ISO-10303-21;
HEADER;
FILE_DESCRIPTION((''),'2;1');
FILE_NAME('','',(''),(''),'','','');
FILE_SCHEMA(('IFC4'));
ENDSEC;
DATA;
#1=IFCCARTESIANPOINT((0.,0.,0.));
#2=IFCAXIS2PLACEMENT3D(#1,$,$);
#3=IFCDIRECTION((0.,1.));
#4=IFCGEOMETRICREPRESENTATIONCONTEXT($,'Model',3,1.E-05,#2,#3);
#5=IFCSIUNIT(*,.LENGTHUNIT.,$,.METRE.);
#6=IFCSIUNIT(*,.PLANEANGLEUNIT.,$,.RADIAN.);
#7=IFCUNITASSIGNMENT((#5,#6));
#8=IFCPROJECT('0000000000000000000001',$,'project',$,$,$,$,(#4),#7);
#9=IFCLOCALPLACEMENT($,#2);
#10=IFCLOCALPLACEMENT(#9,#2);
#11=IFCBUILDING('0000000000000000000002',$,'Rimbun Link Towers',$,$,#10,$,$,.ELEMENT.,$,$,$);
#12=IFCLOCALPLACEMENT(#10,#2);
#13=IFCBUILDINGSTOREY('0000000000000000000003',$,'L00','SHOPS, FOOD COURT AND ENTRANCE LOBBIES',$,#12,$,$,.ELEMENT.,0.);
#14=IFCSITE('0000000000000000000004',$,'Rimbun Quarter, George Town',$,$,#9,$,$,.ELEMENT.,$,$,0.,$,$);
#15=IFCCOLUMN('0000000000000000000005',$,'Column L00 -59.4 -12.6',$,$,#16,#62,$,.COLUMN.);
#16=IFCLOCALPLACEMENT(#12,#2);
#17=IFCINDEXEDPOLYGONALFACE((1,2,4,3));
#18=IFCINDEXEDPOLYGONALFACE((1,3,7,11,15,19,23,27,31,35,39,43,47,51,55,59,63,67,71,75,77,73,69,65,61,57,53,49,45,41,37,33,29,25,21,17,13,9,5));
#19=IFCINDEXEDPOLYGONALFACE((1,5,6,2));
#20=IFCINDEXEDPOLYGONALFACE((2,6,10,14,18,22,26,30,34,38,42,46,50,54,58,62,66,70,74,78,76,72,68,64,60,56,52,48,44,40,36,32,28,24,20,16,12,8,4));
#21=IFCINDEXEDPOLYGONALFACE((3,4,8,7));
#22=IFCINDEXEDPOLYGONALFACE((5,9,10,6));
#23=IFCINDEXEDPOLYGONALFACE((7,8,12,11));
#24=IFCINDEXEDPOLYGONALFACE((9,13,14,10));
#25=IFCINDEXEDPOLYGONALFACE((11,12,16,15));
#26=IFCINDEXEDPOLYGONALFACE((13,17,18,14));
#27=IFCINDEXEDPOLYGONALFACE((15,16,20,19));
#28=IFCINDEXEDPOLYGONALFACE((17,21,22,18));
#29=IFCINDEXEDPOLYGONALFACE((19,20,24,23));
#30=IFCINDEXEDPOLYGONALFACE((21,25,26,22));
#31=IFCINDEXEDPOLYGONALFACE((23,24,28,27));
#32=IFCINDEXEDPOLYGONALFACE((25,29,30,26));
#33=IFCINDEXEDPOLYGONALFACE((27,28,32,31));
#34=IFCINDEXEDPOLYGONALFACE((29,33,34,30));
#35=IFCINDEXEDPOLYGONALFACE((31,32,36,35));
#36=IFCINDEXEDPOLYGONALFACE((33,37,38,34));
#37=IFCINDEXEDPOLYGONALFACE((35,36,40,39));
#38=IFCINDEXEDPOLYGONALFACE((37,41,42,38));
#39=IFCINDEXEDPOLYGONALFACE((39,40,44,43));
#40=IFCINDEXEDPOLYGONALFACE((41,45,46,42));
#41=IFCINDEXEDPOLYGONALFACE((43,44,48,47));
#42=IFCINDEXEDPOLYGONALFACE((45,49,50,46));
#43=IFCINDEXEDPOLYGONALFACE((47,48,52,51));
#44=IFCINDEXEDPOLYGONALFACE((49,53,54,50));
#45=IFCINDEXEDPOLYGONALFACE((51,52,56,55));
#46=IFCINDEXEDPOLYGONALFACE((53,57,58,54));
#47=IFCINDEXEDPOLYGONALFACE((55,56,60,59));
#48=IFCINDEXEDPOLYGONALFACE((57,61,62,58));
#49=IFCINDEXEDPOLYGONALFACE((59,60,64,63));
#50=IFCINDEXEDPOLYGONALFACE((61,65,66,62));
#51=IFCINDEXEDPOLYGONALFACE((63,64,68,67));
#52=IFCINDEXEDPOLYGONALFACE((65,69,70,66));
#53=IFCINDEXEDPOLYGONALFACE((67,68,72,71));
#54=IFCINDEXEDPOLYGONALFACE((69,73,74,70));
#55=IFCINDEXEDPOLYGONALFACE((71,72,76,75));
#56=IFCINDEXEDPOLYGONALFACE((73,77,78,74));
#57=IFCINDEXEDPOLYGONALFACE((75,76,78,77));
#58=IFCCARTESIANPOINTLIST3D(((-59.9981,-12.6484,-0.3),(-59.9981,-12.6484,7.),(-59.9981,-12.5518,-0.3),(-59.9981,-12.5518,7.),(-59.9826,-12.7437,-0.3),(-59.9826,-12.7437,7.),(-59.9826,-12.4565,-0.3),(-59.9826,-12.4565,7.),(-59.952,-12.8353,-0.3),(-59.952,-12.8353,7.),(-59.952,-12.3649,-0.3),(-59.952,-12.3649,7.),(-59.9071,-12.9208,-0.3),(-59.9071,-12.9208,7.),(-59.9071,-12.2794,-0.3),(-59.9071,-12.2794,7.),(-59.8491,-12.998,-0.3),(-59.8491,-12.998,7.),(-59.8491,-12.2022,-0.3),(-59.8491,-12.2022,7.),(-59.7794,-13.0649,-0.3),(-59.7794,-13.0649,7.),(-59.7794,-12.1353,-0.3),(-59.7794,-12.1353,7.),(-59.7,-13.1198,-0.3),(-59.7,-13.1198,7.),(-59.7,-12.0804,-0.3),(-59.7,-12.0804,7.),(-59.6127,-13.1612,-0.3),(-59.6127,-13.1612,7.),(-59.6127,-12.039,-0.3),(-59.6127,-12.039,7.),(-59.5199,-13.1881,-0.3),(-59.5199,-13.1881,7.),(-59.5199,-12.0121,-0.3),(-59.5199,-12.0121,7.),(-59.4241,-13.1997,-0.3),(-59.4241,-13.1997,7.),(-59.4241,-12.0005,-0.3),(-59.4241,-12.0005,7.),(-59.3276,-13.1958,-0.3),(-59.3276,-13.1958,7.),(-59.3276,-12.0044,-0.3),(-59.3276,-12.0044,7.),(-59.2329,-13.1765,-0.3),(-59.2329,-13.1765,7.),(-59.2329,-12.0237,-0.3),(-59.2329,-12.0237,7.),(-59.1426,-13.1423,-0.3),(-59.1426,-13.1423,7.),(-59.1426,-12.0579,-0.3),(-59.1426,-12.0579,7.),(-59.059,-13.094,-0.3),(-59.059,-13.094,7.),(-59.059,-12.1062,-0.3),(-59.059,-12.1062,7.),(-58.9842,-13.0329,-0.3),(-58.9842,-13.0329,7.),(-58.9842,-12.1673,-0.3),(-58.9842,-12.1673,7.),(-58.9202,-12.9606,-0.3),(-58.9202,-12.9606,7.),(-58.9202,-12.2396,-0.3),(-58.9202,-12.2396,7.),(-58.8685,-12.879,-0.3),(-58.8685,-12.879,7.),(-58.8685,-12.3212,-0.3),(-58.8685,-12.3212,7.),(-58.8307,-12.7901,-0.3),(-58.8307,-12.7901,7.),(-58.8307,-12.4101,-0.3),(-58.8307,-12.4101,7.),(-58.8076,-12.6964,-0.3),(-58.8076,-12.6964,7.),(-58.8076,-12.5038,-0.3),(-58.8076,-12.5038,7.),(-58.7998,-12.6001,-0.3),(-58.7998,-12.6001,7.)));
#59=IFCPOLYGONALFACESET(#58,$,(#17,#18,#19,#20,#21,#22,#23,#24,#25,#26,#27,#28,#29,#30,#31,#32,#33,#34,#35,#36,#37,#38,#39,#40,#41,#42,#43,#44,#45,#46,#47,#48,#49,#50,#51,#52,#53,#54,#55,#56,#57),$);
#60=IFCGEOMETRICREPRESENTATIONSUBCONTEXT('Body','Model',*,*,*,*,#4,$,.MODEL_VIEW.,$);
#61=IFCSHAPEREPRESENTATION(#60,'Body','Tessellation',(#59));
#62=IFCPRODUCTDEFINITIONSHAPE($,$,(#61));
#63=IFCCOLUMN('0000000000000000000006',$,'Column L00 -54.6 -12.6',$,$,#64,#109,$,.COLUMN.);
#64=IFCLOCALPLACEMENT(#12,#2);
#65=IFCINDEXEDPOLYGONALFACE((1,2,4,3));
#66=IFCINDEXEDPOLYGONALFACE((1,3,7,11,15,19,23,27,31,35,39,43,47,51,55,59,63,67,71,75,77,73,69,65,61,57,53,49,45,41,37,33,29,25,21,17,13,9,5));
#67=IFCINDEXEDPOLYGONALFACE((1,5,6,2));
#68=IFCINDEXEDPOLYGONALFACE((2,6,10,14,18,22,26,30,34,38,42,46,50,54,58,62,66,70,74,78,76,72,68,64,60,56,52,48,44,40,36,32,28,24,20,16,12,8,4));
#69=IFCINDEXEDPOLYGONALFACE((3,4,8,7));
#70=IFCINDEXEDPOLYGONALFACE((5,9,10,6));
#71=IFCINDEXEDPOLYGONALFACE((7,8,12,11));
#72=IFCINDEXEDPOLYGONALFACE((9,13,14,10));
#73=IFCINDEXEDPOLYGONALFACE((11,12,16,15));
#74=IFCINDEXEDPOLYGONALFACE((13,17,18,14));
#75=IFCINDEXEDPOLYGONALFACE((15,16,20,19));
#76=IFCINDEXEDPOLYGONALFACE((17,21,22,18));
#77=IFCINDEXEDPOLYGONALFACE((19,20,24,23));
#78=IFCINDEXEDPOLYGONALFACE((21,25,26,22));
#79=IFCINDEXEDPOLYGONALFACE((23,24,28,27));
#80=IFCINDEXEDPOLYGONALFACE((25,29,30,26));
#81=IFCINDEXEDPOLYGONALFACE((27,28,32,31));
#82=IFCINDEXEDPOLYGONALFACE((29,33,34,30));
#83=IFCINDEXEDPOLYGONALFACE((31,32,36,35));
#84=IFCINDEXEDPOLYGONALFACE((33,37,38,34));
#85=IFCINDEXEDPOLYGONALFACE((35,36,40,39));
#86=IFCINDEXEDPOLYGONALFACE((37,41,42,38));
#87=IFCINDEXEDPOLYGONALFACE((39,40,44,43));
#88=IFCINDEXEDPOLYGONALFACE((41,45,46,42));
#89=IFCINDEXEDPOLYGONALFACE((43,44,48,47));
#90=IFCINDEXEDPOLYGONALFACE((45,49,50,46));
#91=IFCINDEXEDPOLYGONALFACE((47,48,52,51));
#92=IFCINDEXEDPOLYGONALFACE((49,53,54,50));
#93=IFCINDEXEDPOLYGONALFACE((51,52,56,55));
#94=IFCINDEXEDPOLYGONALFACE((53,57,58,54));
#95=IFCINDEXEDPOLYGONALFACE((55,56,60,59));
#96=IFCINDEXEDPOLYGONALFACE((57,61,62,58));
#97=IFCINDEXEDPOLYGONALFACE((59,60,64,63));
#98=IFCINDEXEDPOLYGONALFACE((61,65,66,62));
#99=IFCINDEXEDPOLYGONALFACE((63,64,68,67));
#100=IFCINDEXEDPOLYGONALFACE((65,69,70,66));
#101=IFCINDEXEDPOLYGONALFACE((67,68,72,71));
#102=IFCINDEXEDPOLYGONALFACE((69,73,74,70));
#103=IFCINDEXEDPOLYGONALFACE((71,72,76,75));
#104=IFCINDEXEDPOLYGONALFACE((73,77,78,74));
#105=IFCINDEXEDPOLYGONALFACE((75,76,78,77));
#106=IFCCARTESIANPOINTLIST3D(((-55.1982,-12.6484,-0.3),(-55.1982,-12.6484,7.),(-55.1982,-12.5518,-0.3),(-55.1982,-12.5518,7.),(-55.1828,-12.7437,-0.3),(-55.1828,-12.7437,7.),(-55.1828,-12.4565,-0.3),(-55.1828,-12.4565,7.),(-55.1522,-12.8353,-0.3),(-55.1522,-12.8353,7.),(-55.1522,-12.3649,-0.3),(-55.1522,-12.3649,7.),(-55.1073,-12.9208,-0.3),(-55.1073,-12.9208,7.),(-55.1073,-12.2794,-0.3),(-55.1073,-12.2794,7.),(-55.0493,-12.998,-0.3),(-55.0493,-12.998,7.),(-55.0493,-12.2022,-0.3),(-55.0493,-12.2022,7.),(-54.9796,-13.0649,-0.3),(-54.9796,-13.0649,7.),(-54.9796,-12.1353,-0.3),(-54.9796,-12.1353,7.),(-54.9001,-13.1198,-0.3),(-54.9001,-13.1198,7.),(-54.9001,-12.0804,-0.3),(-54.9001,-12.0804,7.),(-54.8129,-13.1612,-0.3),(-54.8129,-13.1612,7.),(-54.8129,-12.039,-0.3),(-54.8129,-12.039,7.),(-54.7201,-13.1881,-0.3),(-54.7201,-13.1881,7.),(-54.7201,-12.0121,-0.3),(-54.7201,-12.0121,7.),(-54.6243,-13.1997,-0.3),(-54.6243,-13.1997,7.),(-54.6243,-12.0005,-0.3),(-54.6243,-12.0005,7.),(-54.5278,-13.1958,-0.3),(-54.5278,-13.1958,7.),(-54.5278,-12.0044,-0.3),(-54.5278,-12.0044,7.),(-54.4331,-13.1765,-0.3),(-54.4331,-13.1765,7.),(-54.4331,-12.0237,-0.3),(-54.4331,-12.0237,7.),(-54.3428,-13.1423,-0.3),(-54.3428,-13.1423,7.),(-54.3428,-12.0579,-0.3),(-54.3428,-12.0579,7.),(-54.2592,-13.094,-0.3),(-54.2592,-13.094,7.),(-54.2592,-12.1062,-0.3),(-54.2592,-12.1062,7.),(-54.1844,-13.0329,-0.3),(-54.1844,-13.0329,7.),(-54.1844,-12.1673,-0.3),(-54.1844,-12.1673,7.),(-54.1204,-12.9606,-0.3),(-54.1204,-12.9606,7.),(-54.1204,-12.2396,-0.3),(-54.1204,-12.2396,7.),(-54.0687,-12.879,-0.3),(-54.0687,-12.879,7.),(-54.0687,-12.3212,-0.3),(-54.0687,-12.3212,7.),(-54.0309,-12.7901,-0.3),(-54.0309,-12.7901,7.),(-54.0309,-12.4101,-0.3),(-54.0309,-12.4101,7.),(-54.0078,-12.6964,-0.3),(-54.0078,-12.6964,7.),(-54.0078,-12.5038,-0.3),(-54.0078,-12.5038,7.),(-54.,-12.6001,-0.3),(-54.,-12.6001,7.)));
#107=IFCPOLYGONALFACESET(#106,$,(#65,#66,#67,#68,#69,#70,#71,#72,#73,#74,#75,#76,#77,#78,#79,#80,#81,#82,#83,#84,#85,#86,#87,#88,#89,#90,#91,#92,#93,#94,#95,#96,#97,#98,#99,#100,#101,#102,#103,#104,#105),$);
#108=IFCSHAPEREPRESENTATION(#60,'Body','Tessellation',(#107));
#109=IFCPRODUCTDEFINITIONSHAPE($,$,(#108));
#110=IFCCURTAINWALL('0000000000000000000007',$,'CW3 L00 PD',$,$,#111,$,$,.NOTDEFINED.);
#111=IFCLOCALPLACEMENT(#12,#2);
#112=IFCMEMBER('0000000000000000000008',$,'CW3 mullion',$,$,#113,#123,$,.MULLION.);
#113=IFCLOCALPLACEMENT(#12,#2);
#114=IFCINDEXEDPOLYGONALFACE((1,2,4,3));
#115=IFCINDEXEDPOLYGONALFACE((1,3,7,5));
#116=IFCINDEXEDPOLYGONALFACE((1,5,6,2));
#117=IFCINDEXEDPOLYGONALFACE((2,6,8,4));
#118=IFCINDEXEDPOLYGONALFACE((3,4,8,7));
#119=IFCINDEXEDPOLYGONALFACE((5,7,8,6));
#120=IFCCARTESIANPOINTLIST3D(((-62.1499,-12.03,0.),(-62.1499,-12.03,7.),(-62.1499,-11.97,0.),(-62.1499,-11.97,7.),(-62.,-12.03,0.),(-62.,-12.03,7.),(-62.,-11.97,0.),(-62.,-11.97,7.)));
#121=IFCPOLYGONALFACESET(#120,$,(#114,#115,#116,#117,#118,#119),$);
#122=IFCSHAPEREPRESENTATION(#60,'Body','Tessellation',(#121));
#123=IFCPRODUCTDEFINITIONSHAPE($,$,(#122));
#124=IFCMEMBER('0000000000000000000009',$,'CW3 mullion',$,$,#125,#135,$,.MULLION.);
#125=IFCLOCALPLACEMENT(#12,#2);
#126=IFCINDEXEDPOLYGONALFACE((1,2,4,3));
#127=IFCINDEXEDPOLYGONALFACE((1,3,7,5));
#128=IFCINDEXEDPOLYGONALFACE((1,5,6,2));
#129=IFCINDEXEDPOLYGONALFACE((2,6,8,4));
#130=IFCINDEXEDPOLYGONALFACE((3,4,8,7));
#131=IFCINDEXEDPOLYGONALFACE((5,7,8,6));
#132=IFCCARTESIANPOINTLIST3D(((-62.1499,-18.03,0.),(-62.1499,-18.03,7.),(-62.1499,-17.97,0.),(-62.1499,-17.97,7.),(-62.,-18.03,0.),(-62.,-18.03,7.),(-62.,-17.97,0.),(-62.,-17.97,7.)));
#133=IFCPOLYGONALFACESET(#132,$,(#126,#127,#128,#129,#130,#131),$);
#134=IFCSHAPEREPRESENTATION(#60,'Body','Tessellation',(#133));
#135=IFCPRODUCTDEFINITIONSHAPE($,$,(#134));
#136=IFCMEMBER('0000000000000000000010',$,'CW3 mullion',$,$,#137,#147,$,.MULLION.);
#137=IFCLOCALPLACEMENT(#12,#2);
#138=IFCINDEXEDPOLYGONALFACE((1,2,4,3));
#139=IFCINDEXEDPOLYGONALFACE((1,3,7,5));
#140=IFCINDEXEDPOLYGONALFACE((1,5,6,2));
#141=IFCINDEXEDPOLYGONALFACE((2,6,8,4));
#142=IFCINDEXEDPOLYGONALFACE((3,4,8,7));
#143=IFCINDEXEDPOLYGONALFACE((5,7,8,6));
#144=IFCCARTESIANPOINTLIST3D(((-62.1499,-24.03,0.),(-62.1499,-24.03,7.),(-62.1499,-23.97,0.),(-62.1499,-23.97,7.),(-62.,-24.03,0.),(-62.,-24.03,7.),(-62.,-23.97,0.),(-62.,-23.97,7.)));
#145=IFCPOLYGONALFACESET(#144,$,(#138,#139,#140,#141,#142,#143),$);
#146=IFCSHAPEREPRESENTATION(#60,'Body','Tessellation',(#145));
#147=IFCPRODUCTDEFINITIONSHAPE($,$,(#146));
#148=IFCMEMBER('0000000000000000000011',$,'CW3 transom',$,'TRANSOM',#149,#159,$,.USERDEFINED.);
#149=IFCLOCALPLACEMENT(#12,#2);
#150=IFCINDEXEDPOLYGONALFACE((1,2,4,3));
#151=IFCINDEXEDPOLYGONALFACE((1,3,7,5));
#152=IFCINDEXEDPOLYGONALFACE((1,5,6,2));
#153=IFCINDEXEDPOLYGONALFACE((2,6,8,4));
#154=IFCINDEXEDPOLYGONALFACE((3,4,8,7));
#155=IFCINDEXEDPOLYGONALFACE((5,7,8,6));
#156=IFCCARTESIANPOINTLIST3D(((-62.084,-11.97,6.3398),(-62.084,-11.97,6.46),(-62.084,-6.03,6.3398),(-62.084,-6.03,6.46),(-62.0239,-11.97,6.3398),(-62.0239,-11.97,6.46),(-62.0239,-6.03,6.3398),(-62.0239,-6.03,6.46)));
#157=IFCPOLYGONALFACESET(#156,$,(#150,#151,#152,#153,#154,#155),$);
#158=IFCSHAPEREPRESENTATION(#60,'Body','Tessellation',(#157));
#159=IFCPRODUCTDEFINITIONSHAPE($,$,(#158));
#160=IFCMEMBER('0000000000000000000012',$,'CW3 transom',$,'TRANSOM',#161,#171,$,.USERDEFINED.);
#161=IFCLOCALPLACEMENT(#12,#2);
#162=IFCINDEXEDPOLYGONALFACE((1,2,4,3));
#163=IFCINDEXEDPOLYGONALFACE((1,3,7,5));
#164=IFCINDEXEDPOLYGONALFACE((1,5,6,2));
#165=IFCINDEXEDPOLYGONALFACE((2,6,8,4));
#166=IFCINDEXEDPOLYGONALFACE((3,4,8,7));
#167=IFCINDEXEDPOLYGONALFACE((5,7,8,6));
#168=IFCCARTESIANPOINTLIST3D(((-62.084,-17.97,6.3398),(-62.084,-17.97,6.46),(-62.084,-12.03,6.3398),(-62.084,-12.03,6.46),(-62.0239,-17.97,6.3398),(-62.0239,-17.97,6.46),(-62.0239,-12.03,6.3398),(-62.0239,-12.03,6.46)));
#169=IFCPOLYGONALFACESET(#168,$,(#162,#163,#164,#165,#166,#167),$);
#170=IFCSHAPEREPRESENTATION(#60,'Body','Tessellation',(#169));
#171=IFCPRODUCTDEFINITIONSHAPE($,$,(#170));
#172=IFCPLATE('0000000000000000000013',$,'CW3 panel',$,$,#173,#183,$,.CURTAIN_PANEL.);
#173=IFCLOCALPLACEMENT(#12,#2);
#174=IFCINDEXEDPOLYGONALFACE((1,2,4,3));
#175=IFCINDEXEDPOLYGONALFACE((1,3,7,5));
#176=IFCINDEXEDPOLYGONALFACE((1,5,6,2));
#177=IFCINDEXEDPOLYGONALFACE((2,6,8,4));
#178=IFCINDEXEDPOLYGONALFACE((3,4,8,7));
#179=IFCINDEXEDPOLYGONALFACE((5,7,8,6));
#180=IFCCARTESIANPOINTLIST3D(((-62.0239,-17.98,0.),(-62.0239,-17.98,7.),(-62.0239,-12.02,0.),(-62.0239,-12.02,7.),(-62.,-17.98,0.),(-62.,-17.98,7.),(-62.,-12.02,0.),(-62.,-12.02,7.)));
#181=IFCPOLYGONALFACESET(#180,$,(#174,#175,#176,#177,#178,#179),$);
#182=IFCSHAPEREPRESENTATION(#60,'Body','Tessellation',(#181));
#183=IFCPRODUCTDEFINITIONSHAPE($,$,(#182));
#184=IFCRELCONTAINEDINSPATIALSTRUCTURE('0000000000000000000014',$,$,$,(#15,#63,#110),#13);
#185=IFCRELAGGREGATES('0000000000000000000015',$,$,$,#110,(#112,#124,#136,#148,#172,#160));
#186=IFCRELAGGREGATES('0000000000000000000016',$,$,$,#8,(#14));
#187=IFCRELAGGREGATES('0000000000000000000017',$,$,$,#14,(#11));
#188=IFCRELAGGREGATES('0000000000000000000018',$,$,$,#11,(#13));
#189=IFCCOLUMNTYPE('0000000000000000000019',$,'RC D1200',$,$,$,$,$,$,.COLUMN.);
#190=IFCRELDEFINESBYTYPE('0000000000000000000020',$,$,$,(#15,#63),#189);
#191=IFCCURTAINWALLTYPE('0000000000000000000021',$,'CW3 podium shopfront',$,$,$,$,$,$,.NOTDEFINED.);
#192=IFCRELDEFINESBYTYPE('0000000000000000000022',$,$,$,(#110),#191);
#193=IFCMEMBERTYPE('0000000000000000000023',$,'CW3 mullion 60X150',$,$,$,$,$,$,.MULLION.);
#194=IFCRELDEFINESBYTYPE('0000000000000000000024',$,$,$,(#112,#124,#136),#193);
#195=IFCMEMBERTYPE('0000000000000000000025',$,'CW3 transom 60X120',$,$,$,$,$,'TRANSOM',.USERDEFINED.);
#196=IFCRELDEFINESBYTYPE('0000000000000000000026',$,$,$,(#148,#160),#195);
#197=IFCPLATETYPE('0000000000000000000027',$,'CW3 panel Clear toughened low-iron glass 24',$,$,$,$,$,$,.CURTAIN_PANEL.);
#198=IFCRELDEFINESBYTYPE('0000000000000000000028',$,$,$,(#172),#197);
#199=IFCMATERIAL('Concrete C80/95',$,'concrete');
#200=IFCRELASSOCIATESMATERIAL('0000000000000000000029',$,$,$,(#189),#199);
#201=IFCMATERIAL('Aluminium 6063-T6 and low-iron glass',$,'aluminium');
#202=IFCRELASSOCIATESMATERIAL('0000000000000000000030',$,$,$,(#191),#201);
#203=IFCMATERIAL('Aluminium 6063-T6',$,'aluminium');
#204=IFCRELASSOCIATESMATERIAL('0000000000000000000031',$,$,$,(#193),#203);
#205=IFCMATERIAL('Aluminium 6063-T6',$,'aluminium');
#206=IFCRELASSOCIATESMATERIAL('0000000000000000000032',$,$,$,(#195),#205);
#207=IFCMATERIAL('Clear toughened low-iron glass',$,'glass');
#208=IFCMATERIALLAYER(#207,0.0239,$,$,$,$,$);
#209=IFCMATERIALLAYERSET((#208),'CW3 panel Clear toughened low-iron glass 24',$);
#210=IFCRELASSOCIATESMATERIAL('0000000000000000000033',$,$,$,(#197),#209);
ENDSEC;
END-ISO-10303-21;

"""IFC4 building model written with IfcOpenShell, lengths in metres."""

from ifc_helpers import new_model, si_unit, direction, frame, origin, origin_2d, place, context, subcontext, project, spatial, rectangle, circle, extrude, material, layer, layer_set, material_profile, profile_set, type_object, element, aggregate, save


model = new_model("IFC4")

# Units and contexts
model_context = context("Model", 3, precision=1e-05, world=origin(), true_north=direction((0.0, 1.0)))
body_context = subcontext(model_context, "Body", "Model", "MODEL_VIEW")
ifc_project = project(units=[si_unit("LENGTHUNIT", "METRE"), si_unit("PLANEANGLEUNIT", "RADIAN")], contexts=[model_context])

# Site, building, storey
site_placement = place(None, origin())
site = spatial("IfcSite", under=ifc_project, at=site_placement, Name="Rimbun Quarter, George Town", CompositionType="ELEMENT", RefElevation=0.0)
building_placement = place(site_placement, origin())
building = spatial("IfcBuilding", under=site, at=building_placement, Name="Rimbun Link Towers", CompositionType="ELEMENT")
storey_placement = place(building_placement, origin())
storey = spatial("IfcBuildingStorey", under=building, at=storey_placement, Name="L00", Description="SHOPS, FOOD COURT AND ENTRANCE LOBBIES", CompositionType="ELEMENT", Elevation=0.0)

# Columns
ifc_material_1 = material(Name="Concrete C80/95", Category="concrete")
ifc_material_profile_1 = material_profile(ifc_material_1, circle(Radius=0.6001, at=origin_2d()), Name="RC D1200")
ifc_profile_set_1 = profile_set([ifc_material_profile_1], Name="Concrete C80/95")
column_type = type_object("IfcColumnType", Name="RC D1200", PredefinedType="COLUMN", material=ifc_profile_set_1)
for number, where, z_axis, x_axis, name in (
    (1, (-59.3999, -12.6001, -0.3), (0.0, 0.0, 1.0), (1.0, 0.0, 0.0), "Column L00 -59.4 -12.6"),
    (2, (-54.6001, -12.6001, -0.3), (0.0, 0.0, 1.0), (1.0, 0.0, 0.0), "Column L00 -54.6 -12.6"),
):
    element("IfcColumn", number, at=place(storey_placement, frame(where, z_axis=z_axis, x_axis=x_axis)), inside=storey, type_object=column_type, Name=name, PredefinedType="COLUMN", context=body_context, shape_type="SweptSolid", body=[
        extrude(circle(Radius=0.6001, at=origin_2d()), origin(), (0.0, 0.0, 1.0), 7.3),
    ])

# Curtain wall, members, plate
ifc_material_2 = material(Name="Aluminium 6063-T6 and low-iron glass", Category="aluminium")
curtain_wall_type = type_object("IfcCurtainWallType", Name="CW3 podium shopfront", PredefinedType="NOTDEFINED", material=ifc_material_2)
curtain_wall_placement = place(storey_placement, origin())
curtain_wall = element("IfcCurtainWall", 3, at=curtain_wall_placement, inside=storey, type_object=curtain_wall_type, Name="CW3 L00 PD", PredefinedType="NOTDEFINED")
ifc_material_3 = material(Name="Aluminium 6063-T6", Category="aluminium")
ifc_material_profile_2 = material_profile(ifc_material_3, rectangle(XDim=0.1499, YDim=0.0601, at=origin_2d()), Name="MULLION 60X150")
ifc_profile_set_2 = profile_set([ifc_material_profile_2], Name="Aluminium 6063-T6")
member_type_1 = type_object("IfcMemberType", Name="CW3 mullion 60X150", PredefinedType="MULLION", material=ifc_profile_set_2)
member_1_placement = place(storey_placement, frame((-62.075, -12.0, 0.0), z_axis=(0.0, 0.0, 1.0), x_axis=(-1.0, 0.0, 0.0)))
member_1 = element("IfcMember", 4, at=member_1_placement, type_object=member_type_1, Name="CW3 mullion", PredefinedType="MULLION", context=body_context, shape_type="SweptSolid", body=[
    extrude(rectangle(XDim=0.1499, YDim=0.0601, at=origin_2d()), origin(), (0.0, 0.0, 1.0), 7.0),
])
member_2_placement = place(storey_placement, frame((-62.075, -18.0, 0.0), z_axis=(0.0, 0.0, 1.0), x_axis=(-1.0, 0.0, 0.0)))
member_2 = element("IfcMember", 5, at=member_2_placement, type_object=member_type_1, Name="CW3 mullion", PredefinedType="MULLION", context=body_context, shape_type="SweptSolid", body=[
    extrude(rectangle(XDim=0.1499, YDim=0.0601, at=origin_2d()), origin(), (0.0, 0.0, 1.0), 7.0),
])
member_3_placement = place(storey_placement, frame((-62.075, -24.0, 0.0), z_axis=(0.0, 0.0, 1.0), x_axis=(-1.0, 0.0, 0.0)))
member_3 = element("IfcMember", 6, at=member_3_placement, type_object=member_type_1, Name="CW3 mullion", PredefinedType="MULLION", context=body_context, shape_type="SweptSolid", body=[
    extrude(rectangle(XDim=0.1499, YDim=0.0601, at=origin_2d()), origin(), (0.0, 0.0, 1.0), 7.0),
])
ifc_material_4 = material(Name="Aluminium 6063-T6", Category="aluminium")
ifc_material_profile_3 = material_profile(ifc_material_4, rectangle(XDim=0.0601, YDim=0.1201, at=origin_2d()), Name="TRANSOM 60X120")
ifc_profile_set_3 = profile_set([ifc_material_profile_3], Name="Aluminium 6063-T6")
member_type_2 = type_object("IfcMemberType", Name="CW3 transom 60X120", ElementType="TRANSOM", PredefinedType="USERDEFINED", material=ifc_profile_set_3)
member_4_placement = place(storey_placement, frame((-62.054, -11.97, 6.3999), z_axis=(0.0, 1.0, 0.0), x_axis=(-1.0, 0.0, 0.0)))
member_4 = element("IfcMember", 7, at=member_4_placement, type_object=member_type_2, Name="CW3 transom", ObjectType="TRANSOM", PredefinedType="USERDEFINED", context=body_context, shape_type="SweptSolid", body=[
    extrude(rectangle(XDim=0.0601, YDim=0.1201, at=origin_2d()), origin(), (0.0, 0.0, 1.0), 5.9399),
])
member_5_placement = place(storey_placement, frame((-62.054, -17.97, 6.3999), z_axis=(0.0, 1.0, 0.0), x_axis=(-1.0, 0.0, 0.0)))
member_5 = element("IfcMember", 8, at=member_5_placement, type_object=member_type_2, Name="CW3 transom", ObjectType="TRANSOM", PredefinedType="USERDEFINED", context=body_context, shape_type="SweptSolid", body=[
    extrude(rectangle(XDim=0.0601, YDim=0.1201, at=origin_2d()), origin(), (0.0, 0.0, 1.0), 5.9399),
])
ifc_material_5 = material(Name="Clear toughened low-iron glass", Category="glass")
ifc_layer_1 = layer(ifc_material_5, 0.0239)
ifc_layer_set_1 = layer_set([ifc_layer_1], Name="CW3 panel Clear toughened low-iron glass 24")
plate_type = type_object("IfcPlateType", Name="CW3 panel Clear toughened low-iron glass 24", PredefinedType="CURTAIN_PANEL", material=ifc_layer_set_1)
plate_placement = place(storey_placement, frame((-62.012, -15.0, 0.0), z_axis=(0.0, 0.0, 1.0), x_axis=(0.0, 1.0, 0.0)))
plate = element("IfcPlate", 9, at=plate_placement, type_object=plate_type, Name="CW3 panel", PredefinedType="CURTAIN_PANEL", context=body_context, shape_type="SweptSolid", body=[
    extrude(rectangle(XDim=5.96, YDim=0.0239, at=origin_2d()), origin(), (0.0, 0.0, 1.0), 7.0),
])
aggregate(curtain_wall, [member_1, member_2, member_3, member_4, plate, member_5])

save(model, "model.ifc")
